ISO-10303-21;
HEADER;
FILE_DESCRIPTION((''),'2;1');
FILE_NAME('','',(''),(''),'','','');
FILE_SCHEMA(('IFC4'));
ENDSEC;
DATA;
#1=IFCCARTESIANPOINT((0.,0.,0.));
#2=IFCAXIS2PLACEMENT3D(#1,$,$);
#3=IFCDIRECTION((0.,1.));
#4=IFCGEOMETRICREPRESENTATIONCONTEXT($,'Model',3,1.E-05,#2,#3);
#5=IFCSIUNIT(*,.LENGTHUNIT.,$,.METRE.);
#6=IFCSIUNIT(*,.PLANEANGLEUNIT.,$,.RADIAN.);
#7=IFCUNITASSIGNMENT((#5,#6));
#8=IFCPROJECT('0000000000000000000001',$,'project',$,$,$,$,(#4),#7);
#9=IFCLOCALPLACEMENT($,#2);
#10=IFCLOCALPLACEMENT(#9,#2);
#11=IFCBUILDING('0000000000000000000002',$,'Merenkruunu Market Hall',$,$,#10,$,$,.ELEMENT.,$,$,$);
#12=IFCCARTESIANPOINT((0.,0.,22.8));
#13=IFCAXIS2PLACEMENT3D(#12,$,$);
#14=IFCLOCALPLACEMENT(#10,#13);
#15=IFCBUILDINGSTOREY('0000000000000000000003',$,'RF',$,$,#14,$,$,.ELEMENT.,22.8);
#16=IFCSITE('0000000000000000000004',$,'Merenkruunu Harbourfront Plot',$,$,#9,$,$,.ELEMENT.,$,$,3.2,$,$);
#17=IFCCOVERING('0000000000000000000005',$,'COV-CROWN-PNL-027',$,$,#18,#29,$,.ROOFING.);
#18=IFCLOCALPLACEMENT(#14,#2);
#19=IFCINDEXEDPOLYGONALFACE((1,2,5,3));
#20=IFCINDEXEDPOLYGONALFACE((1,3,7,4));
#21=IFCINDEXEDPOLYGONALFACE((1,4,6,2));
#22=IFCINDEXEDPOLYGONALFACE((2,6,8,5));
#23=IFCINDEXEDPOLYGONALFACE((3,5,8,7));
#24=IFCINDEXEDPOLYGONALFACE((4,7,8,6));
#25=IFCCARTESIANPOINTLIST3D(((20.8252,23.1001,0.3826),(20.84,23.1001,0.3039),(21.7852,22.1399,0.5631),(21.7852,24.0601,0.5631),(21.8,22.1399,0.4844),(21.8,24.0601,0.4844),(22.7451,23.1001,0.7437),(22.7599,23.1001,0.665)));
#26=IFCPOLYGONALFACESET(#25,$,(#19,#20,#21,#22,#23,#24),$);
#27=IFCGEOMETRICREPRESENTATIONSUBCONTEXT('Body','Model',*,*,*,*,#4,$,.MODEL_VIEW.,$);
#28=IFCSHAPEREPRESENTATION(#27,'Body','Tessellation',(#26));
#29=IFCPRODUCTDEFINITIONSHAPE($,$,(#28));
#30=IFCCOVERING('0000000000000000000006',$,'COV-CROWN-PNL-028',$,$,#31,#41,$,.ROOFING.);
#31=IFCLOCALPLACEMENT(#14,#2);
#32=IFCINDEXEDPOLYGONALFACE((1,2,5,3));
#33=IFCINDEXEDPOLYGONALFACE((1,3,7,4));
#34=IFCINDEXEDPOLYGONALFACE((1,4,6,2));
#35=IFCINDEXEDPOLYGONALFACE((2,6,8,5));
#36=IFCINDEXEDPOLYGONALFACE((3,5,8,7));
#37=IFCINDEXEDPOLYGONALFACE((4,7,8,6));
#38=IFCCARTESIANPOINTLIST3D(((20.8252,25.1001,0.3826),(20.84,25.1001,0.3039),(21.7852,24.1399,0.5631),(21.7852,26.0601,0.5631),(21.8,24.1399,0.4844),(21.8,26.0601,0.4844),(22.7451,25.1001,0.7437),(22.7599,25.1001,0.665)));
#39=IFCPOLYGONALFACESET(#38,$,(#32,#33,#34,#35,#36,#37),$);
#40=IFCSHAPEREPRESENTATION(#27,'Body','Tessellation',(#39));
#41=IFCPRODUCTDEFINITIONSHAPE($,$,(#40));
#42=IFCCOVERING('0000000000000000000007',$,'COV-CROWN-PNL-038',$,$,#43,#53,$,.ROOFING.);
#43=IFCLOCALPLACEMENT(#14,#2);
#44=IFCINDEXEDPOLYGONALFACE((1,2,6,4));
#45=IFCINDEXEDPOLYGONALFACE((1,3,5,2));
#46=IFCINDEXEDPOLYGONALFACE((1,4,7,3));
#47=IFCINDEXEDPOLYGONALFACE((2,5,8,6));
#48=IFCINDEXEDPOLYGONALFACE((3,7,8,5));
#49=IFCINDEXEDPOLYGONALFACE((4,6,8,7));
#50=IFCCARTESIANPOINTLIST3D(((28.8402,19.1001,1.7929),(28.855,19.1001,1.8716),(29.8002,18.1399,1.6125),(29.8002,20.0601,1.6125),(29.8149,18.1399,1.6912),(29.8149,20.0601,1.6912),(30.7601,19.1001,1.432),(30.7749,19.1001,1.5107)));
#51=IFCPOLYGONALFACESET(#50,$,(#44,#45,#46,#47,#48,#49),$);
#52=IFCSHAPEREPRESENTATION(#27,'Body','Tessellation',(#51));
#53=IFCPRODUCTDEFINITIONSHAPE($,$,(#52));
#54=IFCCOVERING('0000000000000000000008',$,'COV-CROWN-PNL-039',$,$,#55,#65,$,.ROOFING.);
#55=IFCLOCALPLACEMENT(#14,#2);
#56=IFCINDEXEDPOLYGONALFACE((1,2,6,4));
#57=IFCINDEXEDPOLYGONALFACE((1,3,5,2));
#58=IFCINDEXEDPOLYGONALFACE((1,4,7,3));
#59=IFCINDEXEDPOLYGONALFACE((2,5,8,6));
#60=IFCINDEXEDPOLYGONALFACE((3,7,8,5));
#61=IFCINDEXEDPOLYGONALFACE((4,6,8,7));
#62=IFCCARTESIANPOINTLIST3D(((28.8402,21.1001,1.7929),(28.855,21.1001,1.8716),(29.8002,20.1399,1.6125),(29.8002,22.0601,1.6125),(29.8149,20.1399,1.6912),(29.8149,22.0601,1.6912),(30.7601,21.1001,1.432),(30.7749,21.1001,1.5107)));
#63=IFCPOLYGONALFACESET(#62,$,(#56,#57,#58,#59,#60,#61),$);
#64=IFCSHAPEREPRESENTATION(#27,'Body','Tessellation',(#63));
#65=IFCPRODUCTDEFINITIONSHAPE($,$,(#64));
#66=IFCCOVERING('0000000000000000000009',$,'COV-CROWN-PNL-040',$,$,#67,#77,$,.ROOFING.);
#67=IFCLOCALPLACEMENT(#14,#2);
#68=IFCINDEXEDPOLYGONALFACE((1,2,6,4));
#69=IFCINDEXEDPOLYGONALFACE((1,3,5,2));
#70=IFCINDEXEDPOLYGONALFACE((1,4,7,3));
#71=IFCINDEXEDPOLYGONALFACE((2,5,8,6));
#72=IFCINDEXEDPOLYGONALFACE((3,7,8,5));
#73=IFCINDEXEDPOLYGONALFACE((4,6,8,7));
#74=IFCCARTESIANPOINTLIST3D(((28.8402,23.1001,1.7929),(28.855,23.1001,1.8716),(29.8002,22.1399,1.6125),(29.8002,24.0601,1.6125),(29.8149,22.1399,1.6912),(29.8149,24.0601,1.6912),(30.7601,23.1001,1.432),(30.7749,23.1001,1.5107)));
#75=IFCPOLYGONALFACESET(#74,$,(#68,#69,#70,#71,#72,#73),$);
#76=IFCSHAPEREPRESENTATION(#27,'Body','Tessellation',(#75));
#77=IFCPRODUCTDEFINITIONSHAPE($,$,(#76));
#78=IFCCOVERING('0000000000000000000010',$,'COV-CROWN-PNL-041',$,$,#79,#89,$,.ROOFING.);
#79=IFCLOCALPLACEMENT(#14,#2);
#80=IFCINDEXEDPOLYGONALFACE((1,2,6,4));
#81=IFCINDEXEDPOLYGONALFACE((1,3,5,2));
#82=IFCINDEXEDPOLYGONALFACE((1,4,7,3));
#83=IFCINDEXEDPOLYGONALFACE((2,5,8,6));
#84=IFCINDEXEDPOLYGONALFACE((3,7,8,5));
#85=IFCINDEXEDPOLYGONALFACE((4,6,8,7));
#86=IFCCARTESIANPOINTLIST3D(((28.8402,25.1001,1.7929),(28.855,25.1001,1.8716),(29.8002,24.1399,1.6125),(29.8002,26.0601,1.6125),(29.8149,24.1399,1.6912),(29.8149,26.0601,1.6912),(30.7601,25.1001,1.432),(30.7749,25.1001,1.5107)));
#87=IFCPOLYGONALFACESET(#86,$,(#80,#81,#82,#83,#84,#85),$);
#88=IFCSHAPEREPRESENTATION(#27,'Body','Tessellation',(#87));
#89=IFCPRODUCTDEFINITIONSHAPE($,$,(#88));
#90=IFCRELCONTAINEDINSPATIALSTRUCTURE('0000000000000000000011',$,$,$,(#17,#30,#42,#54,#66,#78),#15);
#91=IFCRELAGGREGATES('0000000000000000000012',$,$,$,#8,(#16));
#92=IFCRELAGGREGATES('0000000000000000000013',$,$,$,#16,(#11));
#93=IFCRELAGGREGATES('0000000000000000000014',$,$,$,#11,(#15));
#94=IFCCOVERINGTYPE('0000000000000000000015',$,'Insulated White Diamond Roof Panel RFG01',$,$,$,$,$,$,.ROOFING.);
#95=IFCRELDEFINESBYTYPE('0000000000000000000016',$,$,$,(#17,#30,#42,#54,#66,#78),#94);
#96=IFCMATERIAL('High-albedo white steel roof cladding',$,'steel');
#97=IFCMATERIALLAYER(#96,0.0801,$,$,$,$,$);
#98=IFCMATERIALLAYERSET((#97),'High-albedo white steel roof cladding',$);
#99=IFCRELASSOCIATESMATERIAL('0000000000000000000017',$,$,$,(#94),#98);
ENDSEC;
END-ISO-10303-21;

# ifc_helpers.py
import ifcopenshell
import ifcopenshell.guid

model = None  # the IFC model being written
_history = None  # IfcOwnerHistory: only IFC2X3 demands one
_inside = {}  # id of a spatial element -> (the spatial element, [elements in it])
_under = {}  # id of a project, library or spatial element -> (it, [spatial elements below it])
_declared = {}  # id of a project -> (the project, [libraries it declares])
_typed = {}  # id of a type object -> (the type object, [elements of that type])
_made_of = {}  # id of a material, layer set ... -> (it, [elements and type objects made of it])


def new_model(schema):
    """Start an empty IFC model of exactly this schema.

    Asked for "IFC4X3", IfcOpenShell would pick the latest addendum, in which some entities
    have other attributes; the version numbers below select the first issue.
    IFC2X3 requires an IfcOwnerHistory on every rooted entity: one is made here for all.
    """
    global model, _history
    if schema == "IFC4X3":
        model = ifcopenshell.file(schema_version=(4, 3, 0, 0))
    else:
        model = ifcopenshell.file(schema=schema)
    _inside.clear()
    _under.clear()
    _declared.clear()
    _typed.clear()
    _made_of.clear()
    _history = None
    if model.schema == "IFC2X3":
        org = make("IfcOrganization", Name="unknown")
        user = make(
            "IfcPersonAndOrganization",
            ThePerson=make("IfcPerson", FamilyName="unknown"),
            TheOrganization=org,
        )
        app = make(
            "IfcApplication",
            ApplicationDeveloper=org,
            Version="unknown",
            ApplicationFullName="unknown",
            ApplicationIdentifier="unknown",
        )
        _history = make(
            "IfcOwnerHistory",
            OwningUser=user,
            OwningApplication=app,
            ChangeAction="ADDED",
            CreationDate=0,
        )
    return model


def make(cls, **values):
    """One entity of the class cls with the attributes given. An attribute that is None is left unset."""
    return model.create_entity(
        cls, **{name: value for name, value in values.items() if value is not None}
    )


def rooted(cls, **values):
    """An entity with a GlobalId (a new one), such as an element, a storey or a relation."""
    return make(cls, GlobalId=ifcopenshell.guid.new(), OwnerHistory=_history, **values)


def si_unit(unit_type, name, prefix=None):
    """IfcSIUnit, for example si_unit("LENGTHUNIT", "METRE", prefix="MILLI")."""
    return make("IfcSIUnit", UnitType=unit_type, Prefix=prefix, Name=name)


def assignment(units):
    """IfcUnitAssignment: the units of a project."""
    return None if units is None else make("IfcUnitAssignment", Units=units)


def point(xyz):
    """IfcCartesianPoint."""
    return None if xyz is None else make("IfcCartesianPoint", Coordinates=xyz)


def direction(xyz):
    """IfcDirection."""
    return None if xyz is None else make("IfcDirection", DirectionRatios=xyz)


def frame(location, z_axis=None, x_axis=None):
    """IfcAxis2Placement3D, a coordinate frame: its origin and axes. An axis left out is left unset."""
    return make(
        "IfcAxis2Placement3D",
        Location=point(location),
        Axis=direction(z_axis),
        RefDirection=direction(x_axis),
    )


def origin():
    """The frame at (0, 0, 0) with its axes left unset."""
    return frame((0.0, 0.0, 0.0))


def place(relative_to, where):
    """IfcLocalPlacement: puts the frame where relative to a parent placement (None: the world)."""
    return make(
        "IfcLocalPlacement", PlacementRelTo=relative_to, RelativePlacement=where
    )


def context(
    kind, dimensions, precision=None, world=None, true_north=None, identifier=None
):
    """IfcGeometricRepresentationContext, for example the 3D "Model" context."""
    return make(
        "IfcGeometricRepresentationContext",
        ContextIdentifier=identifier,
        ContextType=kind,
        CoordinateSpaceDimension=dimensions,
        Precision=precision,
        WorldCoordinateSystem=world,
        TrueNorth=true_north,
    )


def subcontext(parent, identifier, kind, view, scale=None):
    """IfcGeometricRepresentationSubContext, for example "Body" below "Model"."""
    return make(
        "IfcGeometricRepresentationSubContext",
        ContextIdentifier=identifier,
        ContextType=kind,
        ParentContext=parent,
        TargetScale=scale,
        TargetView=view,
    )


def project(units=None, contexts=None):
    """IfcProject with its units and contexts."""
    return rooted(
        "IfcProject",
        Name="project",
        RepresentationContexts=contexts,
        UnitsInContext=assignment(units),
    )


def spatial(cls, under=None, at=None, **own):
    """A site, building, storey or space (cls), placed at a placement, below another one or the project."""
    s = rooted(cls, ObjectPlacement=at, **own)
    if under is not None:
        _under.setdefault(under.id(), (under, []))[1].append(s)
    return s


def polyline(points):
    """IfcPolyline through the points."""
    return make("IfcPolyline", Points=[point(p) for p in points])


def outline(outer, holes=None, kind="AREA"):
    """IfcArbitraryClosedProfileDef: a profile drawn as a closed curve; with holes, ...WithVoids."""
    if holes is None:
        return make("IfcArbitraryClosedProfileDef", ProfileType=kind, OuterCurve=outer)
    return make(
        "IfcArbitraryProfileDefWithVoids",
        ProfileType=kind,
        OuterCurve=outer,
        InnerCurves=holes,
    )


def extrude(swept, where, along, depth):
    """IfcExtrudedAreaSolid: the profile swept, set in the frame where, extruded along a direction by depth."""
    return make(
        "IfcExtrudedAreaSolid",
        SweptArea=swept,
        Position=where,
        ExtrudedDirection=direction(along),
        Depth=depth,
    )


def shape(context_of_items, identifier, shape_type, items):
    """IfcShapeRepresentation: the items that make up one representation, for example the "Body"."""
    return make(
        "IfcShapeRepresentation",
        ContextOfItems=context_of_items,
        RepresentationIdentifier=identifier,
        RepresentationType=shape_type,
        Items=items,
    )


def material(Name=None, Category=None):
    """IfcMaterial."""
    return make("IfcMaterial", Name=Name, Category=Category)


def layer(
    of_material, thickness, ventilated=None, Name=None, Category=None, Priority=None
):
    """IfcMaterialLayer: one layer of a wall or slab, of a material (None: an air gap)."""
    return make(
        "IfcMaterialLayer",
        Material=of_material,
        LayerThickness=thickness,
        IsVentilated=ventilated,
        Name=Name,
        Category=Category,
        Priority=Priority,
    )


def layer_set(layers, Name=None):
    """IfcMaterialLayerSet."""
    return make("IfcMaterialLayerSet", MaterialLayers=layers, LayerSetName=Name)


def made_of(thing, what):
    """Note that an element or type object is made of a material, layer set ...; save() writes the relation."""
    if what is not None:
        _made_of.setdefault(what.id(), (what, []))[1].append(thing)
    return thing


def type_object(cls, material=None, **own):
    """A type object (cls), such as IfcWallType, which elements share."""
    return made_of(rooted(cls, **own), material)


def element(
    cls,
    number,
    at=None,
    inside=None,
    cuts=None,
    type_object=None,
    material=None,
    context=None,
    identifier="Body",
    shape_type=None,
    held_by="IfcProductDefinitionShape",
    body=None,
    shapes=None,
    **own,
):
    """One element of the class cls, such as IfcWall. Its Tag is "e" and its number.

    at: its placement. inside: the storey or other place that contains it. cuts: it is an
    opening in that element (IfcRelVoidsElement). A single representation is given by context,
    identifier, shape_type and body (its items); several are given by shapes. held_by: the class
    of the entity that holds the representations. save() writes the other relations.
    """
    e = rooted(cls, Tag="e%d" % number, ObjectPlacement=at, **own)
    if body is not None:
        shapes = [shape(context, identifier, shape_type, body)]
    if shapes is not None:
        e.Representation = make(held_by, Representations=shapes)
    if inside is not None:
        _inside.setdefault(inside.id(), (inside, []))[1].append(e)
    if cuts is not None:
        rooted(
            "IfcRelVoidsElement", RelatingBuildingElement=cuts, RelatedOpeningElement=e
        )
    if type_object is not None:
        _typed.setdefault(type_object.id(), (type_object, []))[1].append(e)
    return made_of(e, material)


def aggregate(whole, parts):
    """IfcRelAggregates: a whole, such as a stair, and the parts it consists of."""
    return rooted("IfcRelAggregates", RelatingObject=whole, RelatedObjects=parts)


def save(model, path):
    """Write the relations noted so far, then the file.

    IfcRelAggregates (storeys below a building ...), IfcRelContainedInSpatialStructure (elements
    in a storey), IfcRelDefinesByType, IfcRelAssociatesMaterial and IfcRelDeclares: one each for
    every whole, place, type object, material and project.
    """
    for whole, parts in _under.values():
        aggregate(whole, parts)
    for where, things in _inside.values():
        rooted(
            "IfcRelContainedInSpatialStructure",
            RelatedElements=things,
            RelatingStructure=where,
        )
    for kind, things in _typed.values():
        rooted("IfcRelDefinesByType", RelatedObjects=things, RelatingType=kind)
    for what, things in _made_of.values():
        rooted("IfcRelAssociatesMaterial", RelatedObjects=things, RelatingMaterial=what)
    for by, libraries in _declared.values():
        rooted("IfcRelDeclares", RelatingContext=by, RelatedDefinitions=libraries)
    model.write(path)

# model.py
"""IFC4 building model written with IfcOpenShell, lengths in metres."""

from ifc_helpers import new_model, si_unit, direction, frame, origin, place, context, subcontext, project, spatial, polyline, outline, extrude, material, layer, layer_set, type_object, element, save


model = new_model("IFC4")

# Units and contexts
model_context = context("Model", 3, precision=1e-05, world=origin(), true_north=direction((0.0, 1.0)))
body_context = subcontext(model_context, "Body", "Model", "MODEL_VIEW")
ifc_project = project(units=[si_unit("LENGTHUNIT", "METRE"), si_unit("PLANEANGLEUNIT", "RADIAN")], contexts=[model_context])

# Site, building, storey
site_placement = place(None, origin())
site = spatial("IfcSite", under=ifc_project, at=site_placement, Name="Merenkruunu Harbourfront Plot", CompositionType="ELEMENT", RefElevation=3.2)
building_placement = place(site_placement, origin())
building = spatial("IfcBuilding", under=site, at=building_placement, Name="Merenkruunu Market Hall", CompositionType="ELEMENT")
storey_placement = place(building_placement, frame((0.0, 0.0, 22.8)))
storey = spatial("IfcBuildingStorey", under=building, at=storey_placement, Name="RF", CompositionType="ELEMENT", Elevation=22.8)

# Coverings
ifc_material_1 = material(Name="High-albedo white steel roof cladding", Category="steel")
ifc_layer = layer(ifc_material_1, 0.0801)
ifc_layer_set = layer_set([ifc_layer], Name="High-albedo white steel roof cladding")
covering_type = type_object("IfcCoveringType", Name="Insulated White Diamond Roof Panel RFG01", PredefinedType="ROOFING", material=ifc_layer_set)
for number, where, z_axis, x_axis, name in (
    (1, (20.8252, 23.1001, 0.3826), (-0.184832, 0.0, 0.98277), (0.700856, -0.701018, 0.131812), "COV-CROWN-PNL-027"),
    (2, (20.8252, 25.1001, 0.3826), (-0.184832, 0.0, 0.98277), (0.700856, -0.701018, 0.131812), "COV-CROWN-PNL-028"),
):
    element("IfcCovering", number, at=place(storey_placement, frame(where, z_axis=z_axis, x_axis=x_axis)), inside=storey, type_object=covering_type, Name=name, PredefinedType="ROOFING", context=body_context, shape_type="SweptSolid", body=[
        extrude(outline(polyline([(0.0, 0.0), (1.3697, 0.0), (1.3932, 1.3695), (0.0237, 1.3694), (0.0, 0.0)])), origin(), (0.0, 0.0, -1.0), 0.0801),
    ])
for number, where, z_axis, x_axis, name in (
    (3, (28.855, 19.1001, 1.8716), (0.184711, 0.0, 0.982793), (0.700856, -0.701035, -0.131722), "COV-CROWN-PNL-038"),
    (4, (28.855, 21.1001, 1.8716), (0.184711, 0.0, 0.982793), (0.700856, -0.701035, -0.131722), "COV-CROWN-PNL-039"),
    (5, (28.855, 23.1001, 1.8716), (0.184711, 0.0, 0.982793), (0.700856, -0.701035, -0.131722), "COV-CROWN-PNL-040"),
    (6, (28.855, 25.1001, 1.8716), (0.184711, 0.0, 0.982793), (0.700856, -0.701035, -0.131722), "COV-CROWN-PNL-041"),
):
    element("IfcCovering", number, at=place(storey_placement, frame(where, z_axis=z_axis, x_axis=x_axis)), inside=storey, type_object=covering_type, Name=name, PredefinedType="ROOFING", context=body_context, shape_type="SweptSolid", body=[
        extrude(outline(polyline([(0.0, 0.0), (1.3697, 0.0), (1.3931, 1.3695), (0.0236, 1.3693), (0.0, 0.0)])), origin(), (0.0, 0.0, -1.0), 0.0801),
    ])

save(model, "model.ifc")
